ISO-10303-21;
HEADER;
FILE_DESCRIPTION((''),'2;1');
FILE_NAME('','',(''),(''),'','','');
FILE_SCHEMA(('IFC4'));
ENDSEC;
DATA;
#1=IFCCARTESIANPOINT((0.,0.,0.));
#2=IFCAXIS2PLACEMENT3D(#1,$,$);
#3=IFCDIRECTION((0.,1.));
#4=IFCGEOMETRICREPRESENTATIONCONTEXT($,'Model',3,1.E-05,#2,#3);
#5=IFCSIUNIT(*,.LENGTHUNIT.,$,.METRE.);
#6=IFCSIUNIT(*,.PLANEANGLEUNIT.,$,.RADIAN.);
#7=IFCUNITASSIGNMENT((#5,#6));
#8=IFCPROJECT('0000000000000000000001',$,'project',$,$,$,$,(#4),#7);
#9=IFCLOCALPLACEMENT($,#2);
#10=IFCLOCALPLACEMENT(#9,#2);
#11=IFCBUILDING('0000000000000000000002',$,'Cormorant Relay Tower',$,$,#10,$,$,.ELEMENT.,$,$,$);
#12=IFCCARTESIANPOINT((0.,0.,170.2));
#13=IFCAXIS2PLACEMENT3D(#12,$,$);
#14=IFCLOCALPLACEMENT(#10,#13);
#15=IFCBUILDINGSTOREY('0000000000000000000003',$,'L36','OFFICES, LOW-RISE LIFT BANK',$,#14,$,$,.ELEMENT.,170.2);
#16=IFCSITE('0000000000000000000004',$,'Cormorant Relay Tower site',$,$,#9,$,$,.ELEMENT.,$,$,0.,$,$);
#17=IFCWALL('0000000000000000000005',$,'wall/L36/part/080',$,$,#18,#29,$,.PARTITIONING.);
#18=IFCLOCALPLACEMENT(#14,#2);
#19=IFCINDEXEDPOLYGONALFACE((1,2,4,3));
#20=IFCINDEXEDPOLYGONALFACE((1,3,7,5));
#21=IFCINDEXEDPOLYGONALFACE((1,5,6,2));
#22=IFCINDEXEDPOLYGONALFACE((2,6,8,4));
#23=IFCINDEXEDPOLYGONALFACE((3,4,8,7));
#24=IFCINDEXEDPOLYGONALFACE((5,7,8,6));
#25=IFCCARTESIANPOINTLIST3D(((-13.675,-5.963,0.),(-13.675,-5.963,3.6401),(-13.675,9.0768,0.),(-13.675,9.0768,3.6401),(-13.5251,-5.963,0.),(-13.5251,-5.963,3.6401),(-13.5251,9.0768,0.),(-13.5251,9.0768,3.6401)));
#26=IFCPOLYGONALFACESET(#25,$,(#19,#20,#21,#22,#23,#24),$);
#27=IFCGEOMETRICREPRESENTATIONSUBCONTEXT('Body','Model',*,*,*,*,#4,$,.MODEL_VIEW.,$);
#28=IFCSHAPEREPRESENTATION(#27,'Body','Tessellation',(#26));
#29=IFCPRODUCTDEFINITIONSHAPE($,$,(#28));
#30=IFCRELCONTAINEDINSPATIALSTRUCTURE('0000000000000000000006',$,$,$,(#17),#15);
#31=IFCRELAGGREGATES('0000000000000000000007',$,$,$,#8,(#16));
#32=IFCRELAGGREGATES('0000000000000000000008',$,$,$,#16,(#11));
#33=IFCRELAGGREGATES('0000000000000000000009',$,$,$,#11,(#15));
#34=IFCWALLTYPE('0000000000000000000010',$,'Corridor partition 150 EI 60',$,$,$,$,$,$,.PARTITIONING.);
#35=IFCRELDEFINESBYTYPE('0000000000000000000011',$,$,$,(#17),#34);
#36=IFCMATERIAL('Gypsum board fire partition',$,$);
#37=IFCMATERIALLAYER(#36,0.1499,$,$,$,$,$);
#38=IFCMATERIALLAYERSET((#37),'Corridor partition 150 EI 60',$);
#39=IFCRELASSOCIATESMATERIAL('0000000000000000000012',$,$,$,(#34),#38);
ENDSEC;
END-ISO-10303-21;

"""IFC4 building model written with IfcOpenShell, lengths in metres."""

from ifc_helpers import new_model, si_unit, direction, frame, frame_2d, origin, place, context, subcontext, project, spatial, rectangle, extrude, material, layer, layer_set, type_object, element, save


model = new_model("IFC4")

# Units and contexts
model_context = context("Model", 3, precision=1e-05, world=origin(), true_north=direction((0.0, 1.0)))
body_context = subcontext(model_context, "Body", "Model", "MODEL_VIEW")
ifc_project = project(units=[si_unit("LENGTHUNIT", "METRE"), si_unit("PLANEANGLEUNIT", "RADIAN")], contexts=[model_context])

# Site, building, storey
site_placement = place(None, origin())
site = spatial("IfcSite", under=ifc_project, at=site_placement, Name="Cormorant Relay Tower site", CompositionType="ELEMENT", RefElevation=0.0)
building_placement = place(site_placement, origin())
building = spatial("IfcBuilding", under=site, at=building_placement, Name="Cormorant Relay Tower", CompositionType="ELEMENT")
storey_placement = place(building_placement, frame((0.0, 0.0, 170.2)))
storey = spatial("IfcBuildingStorey", under=building, at=storey_placement, Name="L36", Description="OFFICES, LOW-RISE LIFT BANK", CompositionType="ELEMENT", Elevation=170.2)

# Wall
ifc_material_1 = material(Name="Gypsum board fire partition")
ifc_layer_1 = layer(ifc_material_1, 0.1499)
ifc_layer_set_1 = layer_set([ifc_layer_1], Name="Corridor partition 150 EI 60")
wall_type_1 = type_object("IfcWallType", Name="Corridor partition 150 EI 60", PredefinedType="PARTITIONING", material=ifc_layer_set_1)
wall_1_placement = place(storey_placement, frame((-13.6001, 9.0769, 0.0), z_axis=(0.0, 0.0, 1.0), x_axis=(0.0, -1.0, 0.0)))
element("IfcWall", 1, at=wall_1_placement, inside=storey, type_object=wall_type_1, Name="wall/L36/part/080", PredefinedType="PARTITIONING", context=body_context, shape_type="SweptSolid", body=[
    extrude(rectangle(XDim=15.0398, YDim=0.1499, at=frame_2d((7.52, 0.0))), origin(), (0.0, 0.0, 1.0), 3.6401),
])

save(model, "model.ifc")
